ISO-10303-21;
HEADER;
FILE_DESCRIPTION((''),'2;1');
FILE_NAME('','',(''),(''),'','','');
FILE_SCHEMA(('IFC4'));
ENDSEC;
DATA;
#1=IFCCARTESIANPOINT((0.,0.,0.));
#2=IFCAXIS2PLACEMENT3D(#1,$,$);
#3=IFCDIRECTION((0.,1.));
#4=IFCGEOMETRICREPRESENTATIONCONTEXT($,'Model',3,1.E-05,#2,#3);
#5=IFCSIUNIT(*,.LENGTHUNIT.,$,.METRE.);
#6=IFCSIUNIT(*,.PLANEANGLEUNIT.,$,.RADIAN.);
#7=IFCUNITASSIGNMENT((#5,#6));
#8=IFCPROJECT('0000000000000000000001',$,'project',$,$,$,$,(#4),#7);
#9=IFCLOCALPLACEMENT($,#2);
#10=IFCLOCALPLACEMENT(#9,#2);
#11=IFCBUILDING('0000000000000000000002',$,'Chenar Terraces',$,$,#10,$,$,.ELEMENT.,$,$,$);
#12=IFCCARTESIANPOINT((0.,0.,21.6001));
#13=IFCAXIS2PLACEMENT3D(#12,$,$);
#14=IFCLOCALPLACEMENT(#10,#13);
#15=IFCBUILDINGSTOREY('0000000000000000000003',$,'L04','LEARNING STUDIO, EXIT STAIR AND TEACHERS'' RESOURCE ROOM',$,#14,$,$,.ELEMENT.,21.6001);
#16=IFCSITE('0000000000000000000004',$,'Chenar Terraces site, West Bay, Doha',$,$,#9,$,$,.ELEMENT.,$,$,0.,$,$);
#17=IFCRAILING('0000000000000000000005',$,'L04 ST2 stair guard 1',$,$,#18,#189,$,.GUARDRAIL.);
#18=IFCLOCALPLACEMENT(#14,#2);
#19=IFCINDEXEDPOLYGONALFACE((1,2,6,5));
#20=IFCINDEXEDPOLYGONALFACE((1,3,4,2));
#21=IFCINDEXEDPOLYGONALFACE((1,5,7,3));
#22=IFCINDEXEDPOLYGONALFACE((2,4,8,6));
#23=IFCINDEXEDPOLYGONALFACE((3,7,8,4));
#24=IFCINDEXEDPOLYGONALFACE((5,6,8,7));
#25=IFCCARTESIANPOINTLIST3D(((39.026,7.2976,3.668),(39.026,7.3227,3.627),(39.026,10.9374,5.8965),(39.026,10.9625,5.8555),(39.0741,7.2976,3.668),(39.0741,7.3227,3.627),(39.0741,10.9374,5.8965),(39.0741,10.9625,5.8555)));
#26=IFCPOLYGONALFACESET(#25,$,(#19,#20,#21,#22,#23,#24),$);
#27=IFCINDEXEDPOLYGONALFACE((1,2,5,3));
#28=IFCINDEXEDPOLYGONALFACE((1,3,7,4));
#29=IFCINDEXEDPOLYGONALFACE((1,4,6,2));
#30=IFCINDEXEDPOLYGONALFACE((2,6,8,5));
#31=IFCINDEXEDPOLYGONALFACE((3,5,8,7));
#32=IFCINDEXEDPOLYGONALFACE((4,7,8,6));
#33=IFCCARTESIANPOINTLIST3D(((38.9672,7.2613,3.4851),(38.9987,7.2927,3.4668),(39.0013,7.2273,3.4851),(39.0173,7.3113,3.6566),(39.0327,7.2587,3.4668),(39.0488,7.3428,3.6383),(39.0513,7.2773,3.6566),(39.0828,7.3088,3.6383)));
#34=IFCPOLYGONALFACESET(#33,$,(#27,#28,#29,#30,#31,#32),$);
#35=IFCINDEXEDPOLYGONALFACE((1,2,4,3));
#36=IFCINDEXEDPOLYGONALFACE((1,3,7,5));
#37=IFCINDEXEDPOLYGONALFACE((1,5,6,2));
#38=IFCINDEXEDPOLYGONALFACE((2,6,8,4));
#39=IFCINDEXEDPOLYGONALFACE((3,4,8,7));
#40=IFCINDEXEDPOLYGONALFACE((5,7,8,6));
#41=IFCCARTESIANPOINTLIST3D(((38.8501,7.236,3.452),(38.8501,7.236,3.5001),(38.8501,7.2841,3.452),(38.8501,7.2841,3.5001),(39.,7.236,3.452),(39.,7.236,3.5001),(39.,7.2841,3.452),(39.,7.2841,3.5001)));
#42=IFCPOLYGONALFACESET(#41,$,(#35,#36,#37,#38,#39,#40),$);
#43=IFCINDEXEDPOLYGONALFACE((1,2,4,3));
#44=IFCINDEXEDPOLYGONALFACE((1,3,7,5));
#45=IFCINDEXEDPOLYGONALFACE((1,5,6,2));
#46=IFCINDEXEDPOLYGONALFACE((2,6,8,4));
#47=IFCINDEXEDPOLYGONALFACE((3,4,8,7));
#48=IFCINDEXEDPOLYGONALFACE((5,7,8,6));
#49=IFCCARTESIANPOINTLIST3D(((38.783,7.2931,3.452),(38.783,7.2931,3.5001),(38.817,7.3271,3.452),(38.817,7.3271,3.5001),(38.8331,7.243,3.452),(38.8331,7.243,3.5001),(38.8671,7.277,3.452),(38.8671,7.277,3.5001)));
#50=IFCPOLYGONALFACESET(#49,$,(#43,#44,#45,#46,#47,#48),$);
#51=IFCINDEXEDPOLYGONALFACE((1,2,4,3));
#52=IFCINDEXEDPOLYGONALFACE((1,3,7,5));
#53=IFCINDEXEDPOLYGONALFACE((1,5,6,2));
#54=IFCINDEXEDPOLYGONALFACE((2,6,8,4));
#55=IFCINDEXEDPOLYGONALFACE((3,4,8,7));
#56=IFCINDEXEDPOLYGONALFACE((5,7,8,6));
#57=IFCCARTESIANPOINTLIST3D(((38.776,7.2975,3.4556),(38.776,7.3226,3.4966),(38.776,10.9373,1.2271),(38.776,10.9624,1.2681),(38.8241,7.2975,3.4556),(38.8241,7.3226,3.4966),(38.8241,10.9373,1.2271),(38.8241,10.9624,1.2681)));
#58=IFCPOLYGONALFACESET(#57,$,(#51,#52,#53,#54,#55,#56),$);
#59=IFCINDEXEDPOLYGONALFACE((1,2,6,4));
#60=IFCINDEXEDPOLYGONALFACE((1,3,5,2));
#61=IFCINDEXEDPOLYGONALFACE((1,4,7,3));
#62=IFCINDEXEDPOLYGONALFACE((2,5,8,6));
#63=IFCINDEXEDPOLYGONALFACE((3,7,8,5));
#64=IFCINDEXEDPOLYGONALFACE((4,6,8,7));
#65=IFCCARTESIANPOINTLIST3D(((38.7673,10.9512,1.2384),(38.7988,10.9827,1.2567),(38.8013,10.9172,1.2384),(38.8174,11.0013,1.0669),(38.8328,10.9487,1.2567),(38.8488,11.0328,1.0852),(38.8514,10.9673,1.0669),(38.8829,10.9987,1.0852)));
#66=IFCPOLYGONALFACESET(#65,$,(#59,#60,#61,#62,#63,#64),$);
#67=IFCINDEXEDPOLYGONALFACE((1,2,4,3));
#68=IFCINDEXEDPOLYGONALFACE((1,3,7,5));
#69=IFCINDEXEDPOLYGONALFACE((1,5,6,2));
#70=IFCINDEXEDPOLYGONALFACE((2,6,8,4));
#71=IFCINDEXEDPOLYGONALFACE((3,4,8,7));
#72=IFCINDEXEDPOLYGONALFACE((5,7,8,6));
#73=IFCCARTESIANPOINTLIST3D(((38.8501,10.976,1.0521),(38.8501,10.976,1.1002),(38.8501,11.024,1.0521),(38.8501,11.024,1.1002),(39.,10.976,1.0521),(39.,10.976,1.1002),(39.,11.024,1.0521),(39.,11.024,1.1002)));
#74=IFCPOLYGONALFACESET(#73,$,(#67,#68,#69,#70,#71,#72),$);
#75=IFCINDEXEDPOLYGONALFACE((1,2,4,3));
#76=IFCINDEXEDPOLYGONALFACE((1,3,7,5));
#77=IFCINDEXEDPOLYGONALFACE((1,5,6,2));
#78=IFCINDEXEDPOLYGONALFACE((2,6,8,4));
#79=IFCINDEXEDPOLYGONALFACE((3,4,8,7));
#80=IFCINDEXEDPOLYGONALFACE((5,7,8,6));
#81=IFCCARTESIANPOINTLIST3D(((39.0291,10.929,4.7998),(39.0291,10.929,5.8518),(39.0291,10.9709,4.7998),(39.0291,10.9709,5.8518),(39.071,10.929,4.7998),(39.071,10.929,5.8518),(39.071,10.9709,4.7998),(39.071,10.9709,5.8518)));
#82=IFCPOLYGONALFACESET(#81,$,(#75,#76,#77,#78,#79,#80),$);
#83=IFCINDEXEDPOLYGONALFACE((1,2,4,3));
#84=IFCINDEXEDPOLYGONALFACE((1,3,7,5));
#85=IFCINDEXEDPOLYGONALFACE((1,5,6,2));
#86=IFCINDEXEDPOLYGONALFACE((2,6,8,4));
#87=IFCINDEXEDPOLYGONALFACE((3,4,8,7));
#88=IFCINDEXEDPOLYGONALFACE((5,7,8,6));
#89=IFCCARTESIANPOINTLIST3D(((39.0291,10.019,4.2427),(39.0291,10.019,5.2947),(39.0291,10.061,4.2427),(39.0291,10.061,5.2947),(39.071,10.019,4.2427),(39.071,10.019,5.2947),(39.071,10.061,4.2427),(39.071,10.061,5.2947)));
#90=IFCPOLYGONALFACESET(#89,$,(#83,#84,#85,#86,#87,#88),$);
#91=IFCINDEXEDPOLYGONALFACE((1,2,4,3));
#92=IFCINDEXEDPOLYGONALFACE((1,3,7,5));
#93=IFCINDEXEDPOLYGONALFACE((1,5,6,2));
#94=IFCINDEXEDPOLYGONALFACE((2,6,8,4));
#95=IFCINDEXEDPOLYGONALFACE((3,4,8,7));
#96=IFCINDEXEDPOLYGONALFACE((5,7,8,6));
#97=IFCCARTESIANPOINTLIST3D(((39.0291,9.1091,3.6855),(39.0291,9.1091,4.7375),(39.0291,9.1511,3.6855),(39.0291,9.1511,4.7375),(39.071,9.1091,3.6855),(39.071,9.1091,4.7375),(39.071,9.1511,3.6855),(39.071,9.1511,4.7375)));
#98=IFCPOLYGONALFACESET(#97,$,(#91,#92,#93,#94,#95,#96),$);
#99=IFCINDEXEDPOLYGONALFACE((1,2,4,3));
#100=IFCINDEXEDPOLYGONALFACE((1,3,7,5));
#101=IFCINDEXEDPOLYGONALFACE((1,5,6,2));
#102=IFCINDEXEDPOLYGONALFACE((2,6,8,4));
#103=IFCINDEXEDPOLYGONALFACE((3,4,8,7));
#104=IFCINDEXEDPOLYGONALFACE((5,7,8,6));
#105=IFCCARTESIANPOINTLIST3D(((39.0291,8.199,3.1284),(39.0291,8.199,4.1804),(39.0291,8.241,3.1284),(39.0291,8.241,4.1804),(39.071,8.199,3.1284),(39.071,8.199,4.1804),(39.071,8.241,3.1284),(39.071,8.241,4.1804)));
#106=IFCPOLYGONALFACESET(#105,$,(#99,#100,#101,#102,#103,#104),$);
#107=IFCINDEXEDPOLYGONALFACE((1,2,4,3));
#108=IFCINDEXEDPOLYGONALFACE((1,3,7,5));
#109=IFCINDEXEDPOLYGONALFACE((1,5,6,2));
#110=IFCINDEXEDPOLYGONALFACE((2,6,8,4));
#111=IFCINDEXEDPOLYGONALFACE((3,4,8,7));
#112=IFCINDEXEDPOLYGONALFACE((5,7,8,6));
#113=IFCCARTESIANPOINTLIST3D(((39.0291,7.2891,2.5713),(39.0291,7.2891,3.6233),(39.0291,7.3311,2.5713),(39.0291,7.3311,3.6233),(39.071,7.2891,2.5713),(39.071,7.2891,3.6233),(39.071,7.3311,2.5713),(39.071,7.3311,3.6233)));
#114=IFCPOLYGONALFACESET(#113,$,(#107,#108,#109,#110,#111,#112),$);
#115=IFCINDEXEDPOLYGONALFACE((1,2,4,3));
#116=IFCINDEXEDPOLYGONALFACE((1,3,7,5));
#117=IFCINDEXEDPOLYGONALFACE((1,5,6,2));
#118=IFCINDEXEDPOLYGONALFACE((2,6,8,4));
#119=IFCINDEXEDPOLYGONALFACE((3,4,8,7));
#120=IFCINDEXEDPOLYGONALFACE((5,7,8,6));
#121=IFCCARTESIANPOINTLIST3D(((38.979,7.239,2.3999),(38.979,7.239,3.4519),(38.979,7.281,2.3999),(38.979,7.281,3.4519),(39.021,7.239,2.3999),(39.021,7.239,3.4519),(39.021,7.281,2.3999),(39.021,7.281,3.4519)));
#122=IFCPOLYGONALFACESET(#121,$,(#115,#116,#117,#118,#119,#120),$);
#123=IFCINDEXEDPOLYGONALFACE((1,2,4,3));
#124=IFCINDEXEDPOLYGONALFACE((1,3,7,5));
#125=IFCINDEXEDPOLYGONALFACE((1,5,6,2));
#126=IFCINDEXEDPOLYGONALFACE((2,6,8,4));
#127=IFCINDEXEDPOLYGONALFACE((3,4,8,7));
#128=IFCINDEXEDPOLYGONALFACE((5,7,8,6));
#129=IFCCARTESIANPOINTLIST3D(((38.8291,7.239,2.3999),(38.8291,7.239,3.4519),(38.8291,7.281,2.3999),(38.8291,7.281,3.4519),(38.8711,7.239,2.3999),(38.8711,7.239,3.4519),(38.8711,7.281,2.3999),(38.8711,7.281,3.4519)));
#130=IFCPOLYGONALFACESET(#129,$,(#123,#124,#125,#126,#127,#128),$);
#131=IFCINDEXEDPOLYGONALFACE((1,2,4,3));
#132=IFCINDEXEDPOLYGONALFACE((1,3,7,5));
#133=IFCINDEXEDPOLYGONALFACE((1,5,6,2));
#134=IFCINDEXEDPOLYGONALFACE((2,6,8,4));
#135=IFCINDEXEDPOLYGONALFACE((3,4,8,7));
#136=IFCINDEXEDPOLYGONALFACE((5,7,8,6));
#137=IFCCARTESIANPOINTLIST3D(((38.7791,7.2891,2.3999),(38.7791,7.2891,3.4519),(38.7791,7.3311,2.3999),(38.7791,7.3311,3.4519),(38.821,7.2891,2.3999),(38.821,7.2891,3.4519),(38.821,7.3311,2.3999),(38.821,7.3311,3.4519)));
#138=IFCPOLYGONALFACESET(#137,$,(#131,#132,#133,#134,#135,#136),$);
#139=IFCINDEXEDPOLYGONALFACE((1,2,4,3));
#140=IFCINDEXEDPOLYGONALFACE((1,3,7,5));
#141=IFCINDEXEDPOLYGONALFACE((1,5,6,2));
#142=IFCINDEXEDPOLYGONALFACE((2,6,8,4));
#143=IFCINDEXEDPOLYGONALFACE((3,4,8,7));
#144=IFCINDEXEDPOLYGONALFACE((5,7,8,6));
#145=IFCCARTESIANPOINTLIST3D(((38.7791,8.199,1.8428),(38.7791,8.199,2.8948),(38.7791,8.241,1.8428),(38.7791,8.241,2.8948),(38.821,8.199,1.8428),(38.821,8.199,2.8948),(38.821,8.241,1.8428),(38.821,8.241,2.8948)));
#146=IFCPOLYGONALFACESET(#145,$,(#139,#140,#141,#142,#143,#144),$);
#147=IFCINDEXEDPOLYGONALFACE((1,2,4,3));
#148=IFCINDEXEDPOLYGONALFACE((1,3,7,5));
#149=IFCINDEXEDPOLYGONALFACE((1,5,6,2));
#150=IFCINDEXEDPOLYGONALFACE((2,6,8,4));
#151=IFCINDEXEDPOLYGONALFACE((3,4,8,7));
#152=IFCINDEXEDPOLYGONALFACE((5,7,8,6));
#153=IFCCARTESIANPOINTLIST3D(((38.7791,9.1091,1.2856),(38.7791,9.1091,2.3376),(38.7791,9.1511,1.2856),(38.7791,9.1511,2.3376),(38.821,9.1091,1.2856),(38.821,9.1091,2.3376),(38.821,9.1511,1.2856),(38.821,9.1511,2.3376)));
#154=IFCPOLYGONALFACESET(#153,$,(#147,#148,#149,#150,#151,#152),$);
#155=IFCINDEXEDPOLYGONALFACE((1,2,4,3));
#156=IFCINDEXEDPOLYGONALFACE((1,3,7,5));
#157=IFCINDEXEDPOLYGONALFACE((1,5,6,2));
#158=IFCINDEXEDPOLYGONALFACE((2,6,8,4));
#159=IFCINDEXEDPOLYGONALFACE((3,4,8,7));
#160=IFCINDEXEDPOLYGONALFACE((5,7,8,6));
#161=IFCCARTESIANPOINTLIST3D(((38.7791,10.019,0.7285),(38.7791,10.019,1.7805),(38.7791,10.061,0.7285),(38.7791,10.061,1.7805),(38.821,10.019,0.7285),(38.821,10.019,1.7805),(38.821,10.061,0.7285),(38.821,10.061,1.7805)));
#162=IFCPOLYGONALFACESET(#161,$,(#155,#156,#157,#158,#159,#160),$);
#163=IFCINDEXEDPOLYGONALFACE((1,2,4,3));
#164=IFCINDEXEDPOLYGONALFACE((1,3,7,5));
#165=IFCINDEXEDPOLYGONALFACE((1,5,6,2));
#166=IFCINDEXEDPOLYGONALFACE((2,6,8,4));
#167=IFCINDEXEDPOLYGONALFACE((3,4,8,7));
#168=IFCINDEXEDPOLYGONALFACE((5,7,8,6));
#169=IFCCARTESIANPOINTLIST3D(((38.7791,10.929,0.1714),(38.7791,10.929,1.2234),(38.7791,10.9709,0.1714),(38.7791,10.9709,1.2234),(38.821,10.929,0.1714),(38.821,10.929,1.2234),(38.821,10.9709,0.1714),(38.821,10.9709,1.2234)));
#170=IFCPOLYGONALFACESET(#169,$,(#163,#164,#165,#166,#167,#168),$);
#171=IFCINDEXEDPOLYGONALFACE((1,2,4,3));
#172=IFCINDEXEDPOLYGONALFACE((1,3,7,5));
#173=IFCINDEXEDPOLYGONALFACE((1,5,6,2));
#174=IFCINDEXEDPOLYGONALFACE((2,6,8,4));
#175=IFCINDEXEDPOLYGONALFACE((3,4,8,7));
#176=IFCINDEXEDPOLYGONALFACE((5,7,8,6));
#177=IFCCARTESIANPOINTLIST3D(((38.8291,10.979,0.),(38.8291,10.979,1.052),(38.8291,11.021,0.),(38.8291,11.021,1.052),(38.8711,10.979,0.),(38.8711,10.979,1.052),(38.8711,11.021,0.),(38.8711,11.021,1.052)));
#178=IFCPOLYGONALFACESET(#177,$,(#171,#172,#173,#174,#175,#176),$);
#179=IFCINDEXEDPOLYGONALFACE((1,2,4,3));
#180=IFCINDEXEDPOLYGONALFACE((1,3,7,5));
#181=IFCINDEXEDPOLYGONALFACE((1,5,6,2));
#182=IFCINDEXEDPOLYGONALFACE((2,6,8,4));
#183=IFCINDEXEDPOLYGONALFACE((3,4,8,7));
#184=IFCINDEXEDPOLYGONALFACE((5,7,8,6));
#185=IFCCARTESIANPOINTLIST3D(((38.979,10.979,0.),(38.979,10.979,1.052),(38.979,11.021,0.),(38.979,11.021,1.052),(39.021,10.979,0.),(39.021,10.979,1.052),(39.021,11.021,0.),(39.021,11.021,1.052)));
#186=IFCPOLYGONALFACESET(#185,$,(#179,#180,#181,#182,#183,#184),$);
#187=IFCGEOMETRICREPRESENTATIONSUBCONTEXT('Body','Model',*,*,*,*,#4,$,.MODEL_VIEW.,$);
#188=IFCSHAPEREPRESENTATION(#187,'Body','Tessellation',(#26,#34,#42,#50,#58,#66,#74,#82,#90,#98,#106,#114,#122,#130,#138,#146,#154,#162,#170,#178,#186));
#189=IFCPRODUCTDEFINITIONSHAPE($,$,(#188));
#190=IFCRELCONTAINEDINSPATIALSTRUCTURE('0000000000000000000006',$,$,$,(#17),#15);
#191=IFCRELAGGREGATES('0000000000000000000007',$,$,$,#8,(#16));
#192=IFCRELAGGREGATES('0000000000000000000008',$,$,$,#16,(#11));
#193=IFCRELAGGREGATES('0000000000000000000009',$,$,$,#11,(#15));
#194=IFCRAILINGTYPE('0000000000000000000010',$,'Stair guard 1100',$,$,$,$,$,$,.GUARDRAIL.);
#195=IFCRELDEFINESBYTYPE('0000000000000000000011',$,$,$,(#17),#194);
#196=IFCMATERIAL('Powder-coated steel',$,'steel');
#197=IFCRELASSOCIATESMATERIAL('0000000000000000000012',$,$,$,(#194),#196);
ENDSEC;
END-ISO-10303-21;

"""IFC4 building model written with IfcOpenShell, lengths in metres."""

from ifc_helpers import new_model, si_unit, direction, frame, origin, origin_2d, place, context, subcontext, project, spatial, rectangle, extrude, material, type_object, element, save


model = new_model("IFC4")

# Units and contexts
model_context = context("Model", 3, precision=1e-05, world=origin(), true_north=direction((0.0, 1.0)))
body_context = subcontext(model_context, "Body", "Model", "MODEL_VIEW")
ifc_project = project(units=[si_unit("LENGTHUNIT", "METRE"), si_unit("PLANEANGLEUNIT", "RADIAN")], contexts=[model_context])

# Site, building, storey
site_placement = place(None, origin())
site = spatial("IfcSite", under=ifc_project, at=site_placement, Name="Chenar Terraces site, West Bay, Doha", CompositionType="ELEMENT", RefElevation=0.0)
building_placement = place(site_placement, origin())
building = spatial("IfcBuilding", under=site, at=building_placement, Name="Chenar Terraces", CompositionType="ELEMENT")
storey_placement = place(building_placement, frame((0.0, 0.0, 21.6001)))
storey = spatial("IfcBuildingStorey", under=building, at=storey_placement, Name="L04", Description="LEARNING STUDIO, EXIT STAIR AND TEACHERS' RESOURCE ROOM", CompositionType="ELEMENT", Elevation=21.6001)

# Railing
ifc_material_1 = material(Name="Powder-coated steel", Category="steel")
railing_type_1 = type_object("IfcRailingType", Name="Stair guard 1100", PredefinedType="GUARDRAIL", material=ifc_material_1)
railing_1_placement = place(storey_placement, frame((39.05, 10.95, 4.7998)))
element("IfcRailing", 1, at=railing_1_placement, inside=storey, type_object=railing_type_1, Name="L04 ST2 stair guard 1", PredefinedType="GUARDRAIL", context=body_context, shape_type="SweptSolid", body=[
    extrude(rectangle(XDim=0.0481, YDim=0.0481, at=origin_2d()), frame((0.0, 0.0, 1.0762), z_axis=(0.0, -0.85285, -0.522156), x_axis=(1.0, 0.0, 0.0)), (0.0, 0.0, 1.0), 4.2678),
    extrude(rectangle(XDim=0.0481, YDim=0.0481, at=origin_2d()), frame((0.0, -3.6399, -1.1523), z_axis=(-0.269911, -0.269911, -0.924281), x_axis=(0.707107, -0.707107, 0.0)), (0.0, 0.0, 1.0), 0.1855),
    extrude(rectangle(XDim=0.0481, YDim=0.0481, at=origin_2d()), frame((-0.05, -3.6899, -1.3237), z_axis=(-1.0, 0.0, 0.0), x_axis=(0.0, -1.0, 0.0)), (0.0, 0.0, 1.0), 0.1499),
    extrude(rectangle(XDim=0.0481, YDim=0.0481, at=origin_2d()), frame((-0.2, -3.6899, -1.3237), z_axis=(-0.707107, 0.707107, 0.0), x_axis=(-0.707107, -0.707107, 0.0)), (0.0, 0.0, 1.0), 0.0708),
    extrude(rectangle(XDim=0.0481, YDim=0.0481, at=origin_2d()), frame((-0.25, -3.6399, -1.3237), z_axis=(0.0, 0.85285, -0.522156), x_axis=(-1.0, 0.0, 0.0)), (0.0, 0.0, 1.0), 4.2678),
    extrude(rectangle(XDim=0.0481, YDim=0.0481, at=origin_2d()), frame((-0.25, 0.0, -3.5522), z_axis=(0.269911, 0.269911, -0.924281), x_axis=(-0.707107, 0.707107, 0.0)), (0.0, 0.0, 1.0), 0.1855),
    extrude(rectangle(XDim=0.0481, YDim=0.0481, at=origin_2d()), frame((-0.2, 0.05, -3.7236), z_axis=(1.0, 0.0, 0.0), x_axis=(0.0, 1.0, 0.0)), (0.0, 0.0, 1.0), 0.1499),
    extrude(rectangle(XDim=0.042, YDim=0.042, at=origin_2d()), origin(), (0.0, 0.0, 1.0), 1.052),
    extrude(rectangle(XDim=0.042, YDim=0.042, at=origin_2d()), frame((0.0, -0.9099, -0.5571)), (0.0, 0.0, 1.0), 1.052),
    extrude(rectangle(XDim=0.042, YDim=0.042, at=origin_2d()), frame((0.0, -1.8198, -1.1143)), (0.0, 0.0, 1.0), 1.052),
    extrude(rectangle(XDim=0.042, YDim=0.042, at=origin_2d()), frame((0.0, -2.73, -1.6714)), (0.0, 0.0, 1.0), 1.052),
    extrude(rectangle(XDim=0.042, YDim=0.042, at=origin_2d()), frame((0.0, -3.6399, -2.2285)), (0.0, 0.0, 1.0), 1.052),
    extrude(rectangle(XDim=0.042, YDim=0.042, at=origin_2d()), frame((-0.05, -3.6899, -2.3999)), (0.0, 0.0, 1.0), 1.052),
    extrude(rectangle(XDim=0.042, YDim=0.042, at=origin_2d()), frame((-0.2, -3.6899, -2.3999)), (0.0, 0.0, 1.0), 1.052),
    extrude(rectangle(XDim=0.042, YDim=0.042, at=origin_2d()), frame((-0.25, -3.6399, -2.3999)), (0.0, 0.0, 1.0), 1.052),
    extrude(rectangle(XDim=0.042, YDim=0.042, at=origin_2d()), frame((-0.25, -2.73, -2.957)), (0.0, 0.0, 1.0), 1.052),
    extrude(rectangle(XDim=0.042, YDim=0.042, at=origin_2d()), frame((-0.25, -1.8198, -3.5142)), (0.0, 0.0, 1.0), 1.052),
    extrude(rectangle(XDim=0.042, YDim=0.042, at=origin_2d()), frame((-0.25, -0.9099, -4.0713)), (0.0, 0.0, 1.0), 1.052),
    extrude(rectangle(XDim=0.042, YDim=0.042, at=origin_2d()), frame((-0.25, 0.0, -4.6284)), (0.0, 0.0, 1.0), 1.052),
    extrude(rectangle(XDim=0.042, YDim=0.042, at=origin_2d()), frame((-0.2, 0.05, -4.7998)), (0.0, 0.0, 1.0), 1.052),
    extrude(rectangle(XDim=0.042, YDim=0.042, at=origin_2d()), frame((-0.05, 0.05, -4.7998)), (0.0, 0.0, 1.0), 1.052),
])

save(model, "model.ifc")
